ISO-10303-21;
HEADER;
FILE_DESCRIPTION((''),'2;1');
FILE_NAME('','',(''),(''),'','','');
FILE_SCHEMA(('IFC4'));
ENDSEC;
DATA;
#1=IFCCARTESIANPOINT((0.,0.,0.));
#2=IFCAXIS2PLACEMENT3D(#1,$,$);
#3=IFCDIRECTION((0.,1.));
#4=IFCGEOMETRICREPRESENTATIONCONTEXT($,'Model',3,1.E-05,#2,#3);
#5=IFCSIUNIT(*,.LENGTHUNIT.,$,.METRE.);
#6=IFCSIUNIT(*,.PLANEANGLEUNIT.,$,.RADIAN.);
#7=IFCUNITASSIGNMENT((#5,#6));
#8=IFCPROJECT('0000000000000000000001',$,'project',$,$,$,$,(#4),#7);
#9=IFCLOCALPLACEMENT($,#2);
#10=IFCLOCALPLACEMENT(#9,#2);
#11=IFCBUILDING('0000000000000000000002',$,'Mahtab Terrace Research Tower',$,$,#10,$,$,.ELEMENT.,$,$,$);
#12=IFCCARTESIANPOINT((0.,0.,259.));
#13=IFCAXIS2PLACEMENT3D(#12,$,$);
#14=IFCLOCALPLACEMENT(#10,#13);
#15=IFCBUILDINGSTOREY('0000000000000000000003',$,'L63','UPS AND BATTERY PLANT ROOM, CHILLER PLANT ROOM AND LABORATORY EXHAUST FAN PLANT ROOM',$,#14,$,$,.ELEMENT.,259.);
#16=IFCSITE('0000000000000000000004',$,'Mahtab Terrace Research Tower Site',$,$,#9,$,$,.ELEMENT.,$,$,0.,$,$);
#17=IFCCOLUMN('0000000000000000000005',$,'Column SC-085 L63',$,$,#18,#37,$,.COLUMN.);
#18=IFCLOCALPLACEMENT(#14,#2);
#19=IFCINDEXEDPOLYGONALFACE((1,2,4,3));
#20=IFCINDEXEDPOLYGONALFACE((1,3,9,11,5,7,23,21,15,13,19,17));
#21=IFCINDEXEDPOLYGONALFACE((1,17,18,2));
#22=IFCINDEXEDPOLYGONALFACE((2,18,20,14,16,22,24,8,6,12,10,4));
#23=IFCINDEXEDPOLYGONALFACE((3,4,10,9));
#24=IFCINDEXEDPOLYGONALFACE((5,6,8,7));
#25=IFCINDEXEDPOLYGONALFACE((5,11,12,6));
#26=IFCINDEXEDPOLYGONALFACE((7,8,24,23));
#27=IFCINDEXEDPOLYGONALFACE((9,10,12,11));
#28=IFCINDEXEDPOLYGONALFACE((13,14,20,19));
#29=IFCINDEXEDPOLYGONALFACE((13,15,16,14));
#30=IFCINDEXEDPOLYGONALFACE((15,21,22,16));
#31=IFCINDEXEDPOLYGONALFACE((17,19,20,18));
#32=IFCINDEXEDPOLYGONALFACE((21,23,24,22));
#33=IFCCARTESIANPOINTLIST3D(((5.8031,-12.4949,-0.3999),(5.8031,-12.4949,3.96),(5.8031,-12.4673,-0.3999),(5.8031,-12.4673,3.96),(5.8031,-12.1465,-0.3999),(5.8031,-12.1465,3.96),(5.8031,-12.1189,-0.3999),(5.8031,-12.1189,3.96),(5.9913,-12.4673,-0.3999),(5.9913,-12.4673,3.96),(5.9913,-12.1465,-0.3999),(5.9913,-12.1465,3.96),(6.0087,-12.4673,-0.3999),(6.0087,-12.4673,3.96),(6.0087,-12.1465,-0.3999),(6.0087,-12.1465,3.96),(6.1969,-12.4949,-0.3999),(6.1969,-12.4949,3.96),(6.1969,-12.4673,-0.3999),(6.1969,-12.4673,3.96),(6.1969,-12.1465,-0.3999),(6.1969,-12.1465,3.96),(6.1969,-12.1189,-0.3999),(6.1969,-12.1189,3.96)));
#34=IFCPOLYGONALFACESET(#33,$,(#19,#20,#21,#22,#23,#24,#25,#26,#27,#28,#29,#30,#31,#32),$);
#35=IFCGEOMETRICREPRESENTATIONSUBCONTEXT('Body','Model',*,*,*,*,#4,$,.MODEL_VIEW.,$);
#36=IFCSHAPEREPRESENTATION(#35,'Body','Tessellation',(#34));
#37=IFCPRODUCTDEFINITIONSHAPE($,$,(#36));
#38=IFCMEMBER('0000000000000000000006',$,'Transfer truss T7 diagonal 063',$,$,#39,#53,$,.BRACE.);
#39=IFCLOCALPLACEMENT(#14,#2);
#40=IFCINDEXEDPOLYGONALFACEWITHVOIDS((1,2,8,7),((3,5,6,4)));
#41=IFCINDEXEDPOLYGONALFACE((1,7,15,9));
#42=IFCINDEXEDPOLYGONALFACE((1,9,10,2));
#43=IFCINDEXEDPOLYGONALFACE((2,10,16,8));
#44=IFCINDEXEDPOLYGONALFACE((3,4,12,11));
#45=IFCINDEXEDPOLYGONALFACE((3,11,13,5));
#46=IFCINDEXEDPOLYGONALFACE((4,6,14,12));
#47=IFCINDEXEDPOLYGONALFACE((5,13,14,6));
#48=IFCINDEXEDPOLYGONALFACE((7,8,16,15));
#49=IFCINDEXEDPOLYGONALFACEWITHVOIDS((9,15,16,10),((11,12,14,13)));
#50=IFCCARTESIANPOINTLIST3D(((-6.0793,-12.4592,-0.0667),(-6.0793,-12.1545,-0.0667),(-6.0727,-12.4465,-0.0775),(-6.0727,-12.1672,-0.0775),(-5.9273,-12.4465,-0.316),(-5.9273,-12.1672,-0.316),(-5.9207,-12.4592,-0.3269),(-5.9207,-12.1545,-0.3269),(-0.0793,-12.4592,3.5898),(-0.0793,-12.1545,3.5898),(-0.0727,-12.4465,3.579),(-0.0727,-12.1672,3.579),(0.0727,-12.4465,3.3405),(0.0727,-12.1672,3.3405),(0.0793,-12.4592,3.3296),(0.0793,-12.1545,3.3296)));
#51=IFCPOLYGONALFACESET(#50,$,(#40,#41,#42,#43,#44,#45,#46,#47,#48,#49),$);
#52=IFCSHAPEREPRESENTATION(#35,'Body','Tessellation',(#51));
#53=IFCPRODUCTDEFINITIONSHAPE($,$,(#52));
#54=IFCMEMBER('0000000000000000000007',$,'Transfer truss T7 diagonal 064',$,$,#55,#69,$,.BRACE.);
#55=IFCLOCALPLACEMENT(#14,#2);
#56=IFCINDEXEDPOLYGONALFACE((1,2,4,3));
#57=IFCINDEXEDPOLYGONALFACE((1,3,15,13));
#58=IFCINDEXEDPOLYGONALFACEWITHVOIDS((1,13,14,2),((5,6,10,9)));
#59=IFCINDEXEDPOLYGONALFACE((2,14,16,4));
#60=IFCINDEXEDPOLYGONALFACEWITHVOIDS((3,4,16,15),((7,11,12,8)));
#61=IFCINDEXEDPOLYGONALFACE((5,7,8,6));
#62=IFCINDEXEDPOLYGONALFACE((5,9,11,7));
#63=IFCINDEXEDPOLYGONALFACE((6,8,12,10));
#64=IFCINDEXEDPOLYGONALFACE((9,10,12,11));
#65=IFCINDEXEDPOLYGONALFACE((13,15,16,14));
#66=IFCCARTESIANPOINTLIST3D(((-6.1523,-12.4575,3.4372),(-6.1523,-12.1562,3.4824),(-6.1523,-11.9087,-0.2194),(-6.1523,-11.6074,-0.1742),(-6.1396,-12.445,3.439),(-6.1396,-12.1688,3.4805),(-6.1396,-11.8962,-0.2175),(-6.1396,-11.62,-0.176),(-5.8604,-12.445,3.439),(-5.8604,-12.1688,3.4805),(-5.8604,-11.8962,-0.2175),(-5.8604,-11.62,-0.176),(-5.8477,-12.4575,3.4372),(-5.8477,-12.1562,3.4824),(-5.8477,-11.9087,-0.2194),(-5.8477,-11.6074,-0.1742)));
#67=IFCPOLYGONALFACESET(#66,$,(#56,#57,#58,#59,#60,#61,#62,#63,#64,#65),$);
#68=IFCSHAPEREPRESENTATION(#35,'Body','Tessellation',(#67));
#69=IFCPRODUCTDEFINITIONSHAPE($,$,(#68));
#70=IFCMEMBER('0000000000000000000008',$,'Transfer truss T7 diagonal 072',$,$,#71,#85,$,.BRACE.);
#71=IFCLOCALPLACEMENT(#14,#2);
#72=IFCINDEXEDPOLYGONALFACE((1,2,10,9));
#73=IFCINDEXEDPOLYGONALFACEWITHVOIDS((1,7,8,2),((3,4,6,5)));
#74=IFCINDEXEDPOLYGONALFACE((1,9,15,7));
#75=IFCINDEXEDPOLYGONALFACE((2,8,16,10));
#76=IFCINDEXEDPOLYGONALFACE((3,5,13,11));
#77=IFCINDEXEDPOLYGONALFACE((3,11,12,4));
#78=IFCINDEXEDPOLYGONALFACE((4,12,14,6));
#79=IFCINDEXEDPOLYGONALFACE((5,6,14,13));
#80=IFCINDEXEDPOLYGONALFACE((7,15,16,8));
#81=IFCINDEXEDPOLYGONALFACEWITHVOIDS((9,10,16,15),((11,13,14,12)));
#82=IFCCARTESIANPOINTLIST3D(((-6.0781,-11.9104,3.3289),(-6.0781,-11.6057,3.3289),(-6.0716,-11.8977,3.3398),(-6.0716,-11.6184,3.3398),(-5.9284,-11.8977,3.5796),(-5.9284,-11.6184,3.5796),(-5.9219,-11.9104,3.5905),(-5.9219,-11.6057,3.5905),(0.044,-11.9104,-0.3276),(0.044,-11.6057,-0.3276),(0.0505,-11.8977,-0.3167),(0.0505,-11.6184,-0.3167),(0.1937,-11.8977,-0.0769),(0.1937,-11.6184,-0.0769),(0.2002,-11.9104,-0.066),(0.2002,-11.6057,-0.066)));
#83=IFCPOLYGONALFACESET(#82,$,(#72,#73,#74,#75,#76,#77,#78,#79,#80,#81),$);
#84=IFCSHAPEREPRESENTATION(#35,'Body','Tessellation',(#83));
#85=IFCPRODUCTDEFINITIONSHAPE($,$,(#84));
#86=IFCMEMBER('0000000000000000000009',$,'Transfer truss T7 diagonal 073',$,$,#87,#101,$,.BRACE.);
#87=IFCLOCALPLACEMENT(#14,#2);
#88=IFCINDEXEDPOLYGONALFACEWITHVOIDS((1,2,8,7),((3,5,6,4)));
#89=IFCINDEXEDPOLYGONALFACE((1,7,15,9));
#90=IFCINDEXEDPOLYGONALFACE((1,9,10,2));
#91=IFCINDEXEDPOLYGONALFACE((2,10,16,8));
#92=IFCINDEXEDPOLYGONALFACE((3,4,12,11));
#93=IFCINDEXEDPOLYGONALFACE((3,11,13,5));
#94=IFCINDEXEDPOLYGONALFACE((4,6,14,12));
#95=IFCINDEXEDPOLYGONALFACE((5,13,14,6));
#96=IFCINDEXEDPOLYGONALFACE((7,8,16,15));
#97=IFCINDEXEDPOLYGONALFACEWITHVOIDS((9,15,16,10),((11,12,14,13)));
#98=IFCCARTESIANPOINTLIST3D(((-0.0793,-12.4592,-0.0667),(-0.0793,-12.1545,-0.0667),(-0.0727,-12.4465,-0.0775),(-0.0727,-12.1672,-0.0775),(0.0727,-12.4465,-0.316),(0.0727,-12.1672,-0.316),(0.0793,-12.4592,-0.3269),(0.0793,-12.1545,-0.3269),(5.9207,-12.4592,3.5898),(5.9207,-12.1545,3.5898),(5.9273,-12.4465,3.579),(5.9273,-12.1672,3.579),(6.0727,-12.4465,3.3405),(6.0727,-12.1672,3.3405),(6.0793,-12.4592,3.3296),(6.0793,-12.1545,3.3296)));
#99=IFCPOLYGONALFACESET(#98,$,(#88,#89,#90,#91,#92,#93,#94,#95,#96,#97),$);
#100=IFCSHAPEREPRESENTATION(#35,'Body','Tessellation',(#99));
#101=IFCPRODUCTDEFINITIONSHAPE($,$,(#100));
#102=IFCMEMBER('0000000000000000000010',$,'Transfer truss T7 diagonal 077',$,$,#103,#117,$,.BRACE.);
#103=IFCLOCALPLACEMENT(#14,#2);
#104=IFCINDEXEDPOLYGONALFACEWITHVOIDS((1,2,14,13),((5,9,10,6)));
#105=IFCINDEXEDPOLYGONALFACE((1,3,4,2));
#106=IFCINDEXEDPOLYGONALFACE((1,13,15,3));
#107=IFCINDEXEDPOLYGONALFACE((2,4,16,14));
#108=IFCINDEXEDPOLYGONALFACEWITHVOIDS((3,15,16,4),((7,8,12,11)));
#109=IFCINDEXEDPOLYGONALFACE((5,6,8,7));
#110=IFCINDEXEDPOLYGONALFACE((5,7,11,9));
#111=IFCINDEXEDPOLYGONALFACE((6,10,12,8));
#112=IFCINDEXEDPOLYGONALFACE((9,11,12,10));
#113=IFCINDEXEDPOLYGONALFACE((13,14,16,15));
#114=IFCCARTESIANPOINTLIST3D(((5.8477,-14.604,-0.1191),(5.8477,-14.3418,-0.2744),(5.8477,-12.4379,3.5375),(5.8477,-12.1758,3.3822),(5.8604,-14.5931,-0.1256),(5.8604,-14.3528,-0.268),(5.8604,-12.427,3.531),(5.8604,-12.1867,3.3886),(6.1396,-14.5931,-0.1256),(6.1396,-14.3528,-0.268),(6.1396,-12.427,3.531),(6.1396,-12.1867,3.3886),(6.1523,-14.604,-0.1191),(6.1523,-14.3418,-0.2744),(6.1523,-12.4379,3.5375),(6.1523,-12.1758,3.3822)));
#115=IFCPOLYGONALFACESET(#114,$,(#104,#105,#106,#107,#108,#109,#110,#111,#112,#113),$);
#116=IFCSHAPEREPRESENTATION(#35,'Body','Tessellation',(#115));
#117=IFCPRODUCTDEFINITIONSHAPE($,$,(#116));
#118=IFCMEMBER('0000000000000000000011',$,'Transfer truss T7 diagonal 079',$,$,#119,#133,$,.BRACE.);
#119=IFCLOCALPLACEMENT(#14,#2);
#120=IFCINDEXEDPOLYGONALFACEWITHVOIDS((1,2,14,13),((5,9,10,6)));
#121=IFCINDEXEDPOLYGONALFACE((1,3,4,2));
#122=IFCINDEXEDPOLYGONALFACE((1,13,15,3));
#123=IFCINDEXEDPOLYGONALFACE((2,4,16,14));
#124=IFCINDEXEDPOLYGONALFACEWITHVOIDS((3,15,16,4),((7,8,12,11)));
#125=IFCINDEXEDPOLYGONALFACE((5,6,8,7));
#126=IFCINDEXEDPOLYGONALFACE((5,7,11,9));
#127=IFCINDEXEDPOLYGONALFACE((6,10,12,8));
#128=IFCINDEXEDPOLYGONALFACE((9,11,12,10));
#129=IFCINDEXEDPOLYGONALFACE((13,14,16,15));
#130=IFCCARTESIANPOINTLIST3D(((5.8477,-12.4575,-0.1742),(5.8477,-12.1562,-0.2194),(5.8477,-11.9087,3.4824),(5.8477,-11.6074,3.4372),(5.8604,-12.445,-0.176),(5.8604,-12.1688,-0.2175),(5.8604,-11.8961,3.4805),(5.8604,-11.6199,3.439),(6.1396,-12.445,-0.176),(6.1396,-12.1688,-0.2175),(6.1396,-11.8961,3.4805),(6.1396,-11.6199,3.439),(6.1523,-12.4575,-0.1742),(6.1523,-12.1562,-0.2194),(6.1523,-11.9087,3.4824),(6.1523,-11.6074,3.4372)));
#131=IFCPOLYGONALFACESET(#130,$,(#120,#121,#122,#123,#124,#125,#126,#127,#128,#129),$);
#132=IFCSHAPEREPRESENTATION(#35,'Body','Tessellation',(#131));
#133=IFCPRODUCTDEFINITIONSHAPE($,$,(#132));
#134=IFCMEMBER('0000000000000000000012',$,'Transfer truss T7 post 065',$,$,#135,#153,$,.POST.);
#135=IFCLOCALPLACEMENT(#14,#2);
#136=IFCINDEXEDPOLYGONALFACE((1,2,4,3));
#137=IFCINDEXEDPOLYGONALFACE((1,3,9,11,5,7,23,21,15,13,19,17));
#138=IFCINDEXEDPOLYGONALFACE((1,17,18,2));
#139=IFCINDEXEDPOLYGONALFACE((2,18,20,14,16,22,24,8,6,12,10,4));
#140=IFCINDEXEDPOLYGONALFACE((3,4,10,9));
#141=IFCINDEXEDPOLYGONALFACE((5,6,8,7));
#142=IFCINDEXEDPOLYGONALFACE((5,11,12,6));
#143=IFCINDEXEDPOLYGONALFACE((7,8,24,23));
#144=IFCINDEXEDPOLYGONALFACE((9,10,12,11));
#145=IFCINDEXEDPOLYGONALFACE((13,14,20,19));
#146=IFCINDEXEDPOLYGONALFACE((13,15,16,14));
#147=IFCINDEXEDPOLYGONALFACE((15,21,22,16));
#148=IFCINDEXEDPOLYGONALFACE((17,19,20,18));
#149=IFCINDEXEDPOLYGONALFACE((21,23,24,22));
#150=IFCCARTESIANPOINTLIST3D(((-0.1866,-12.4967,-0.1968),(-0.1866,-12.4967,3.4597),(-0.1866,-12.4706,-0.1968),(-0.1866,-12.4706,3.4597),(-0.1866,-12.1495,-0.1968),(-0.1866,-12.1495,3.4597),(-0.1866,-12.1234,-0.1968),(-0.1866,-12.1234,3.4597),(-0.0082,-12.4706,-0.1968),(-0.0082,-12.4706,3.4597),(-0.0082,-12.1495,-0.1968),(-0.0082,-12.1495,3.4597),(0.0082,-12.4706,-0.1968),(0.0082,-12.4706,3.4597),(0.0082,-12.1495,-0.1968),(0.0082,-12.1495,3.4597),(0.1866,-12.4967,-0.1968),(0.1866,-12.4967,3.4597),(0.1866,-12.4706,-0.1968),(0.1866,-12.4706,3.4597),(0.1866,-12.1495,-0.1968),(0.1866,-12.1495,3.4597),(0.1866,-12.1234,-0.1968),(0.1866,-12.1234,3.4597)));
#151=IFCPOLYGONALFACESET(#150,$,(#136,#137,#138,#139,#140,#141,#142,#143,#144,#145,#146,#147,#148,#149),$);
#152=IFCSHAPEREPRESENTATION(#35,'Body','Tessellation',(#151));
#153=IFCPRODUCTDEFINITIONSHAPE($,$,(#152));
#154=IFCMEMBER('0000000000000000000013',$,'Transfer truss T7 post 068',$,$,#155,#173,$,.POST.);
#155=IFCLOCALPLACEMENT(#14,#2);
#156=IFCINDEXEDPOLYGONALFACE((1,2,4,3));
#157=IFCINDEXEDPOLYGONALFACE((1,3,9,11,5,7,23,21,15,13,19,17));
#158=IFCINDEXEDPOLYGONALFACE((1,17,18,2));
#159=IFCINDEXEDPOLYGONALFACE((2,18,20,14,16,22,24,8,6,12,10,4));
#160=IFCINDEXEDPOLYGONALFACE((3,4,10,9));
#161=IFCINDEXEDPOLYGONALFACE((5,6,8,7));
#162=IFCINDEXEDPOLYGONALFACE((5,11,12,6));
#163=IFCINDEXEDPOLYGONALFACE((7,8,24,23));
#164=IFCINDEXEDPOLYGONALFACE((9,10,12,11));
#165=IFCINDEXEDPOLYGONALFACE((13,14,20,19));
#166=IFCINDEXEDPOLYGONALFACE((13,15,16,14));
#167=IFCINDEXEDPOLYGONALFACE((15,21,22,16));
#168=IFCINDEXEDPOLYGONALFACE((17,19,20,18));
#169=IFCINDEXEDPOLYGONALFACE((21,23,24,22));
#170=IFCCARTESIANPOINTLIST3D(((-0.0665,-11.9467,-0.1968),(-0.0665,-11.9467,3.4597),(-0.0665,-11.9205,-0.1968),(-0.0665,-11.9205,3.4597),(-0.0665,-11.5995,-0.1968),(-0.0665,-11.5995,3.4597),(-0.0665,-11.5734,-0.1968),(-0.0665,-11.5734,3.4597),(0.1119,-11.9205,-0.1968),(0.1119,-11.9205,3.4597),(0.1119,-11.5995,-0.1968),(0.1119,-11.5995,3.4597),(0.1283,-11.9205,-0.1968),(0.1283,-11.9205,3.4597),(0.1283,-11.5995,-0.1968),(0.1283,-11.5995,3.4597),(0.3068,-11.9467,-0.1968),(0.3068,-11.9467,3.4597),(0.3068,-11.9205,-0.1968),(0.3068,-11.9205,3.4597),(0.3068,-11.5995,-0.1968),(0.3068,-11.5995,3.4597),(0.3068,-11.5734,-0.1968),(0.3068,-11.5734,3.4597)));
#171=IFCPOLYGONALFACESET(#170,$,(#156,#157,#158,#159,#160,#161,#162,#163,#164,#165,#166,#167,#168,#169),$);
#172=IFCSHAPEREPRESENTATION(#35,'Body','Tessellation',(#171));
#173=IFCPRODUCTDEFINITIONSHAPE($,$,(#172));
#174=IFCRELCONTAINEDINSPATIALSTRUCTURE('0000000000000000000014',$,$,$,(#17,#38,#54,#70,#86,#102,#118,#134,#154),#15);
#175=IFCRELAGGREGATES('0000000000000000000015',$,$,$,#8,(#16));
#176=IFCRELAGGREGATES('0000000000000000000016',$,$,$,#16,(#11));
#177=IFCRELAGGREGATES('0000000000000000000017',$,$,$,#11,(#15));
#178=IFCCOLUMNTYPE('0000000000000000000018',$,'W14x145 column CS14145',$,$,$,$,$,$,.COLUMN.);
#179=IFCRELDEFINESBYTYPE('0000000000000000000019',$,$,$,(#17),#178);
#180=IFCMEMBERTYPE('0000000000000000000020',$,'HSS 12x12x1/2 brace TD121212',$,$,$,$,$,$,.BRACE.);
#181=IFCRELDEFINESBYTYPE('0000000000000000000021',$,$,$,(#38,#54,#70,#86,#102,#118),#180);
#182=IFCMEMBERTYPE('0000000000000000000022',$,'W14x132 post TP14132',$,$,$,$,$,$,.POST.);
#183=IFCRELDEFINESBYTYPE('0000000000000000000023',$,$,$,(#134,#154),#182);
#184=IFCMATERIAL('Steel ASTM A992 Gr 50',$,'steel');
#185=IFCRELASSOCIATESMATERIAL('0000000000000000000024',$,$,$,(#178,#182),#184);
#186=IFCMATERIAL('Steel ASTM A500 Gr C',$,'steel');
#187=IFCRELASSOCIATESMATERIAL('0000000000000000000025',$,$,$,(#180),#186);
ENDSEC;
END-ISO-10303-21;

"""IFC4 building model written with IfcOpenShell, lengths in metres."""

from ifc_helpers import new_model, si_unit, direction, frame, origin, origin_2d, place, context, subcontext, project, spatial, hollow_rectangle, i_section, extrude, material, material_profile, profile_set, type_object, element, save


model = new_model("IFC4")

# Units and contexts
model_context = context("Model", 3, precision=1e-05, world=origin(), true_north=direction((0.0, 1.0)))
body_context = subcontext(model_context, "Body", "Model", "MODEL_VIEW")
ifc_project = project(units=[si_unit("LENGTHUNIT", "METRE"), si_unit("PLANEANGLEUNIT", "RADIAN")], contexts=[model_context])

# Site, building, storey
site_placement = place(None, origin())
site = spatial("IfcSite", under=ifc_project, at=site_placement, Name="Mahtab Terrace Research Tower Site", CompositionType="ELEMENT", RefElevation=0.0)
building_placement = place(site_placement, origin())
building = spatial("IfcBuilding", under=site, at=building_placement, Name="Mahtab Terrace Research Tower", CompositionType="ELEMENT")
storey_placement = place(building_placement, frame((0.0, 0.0, 259.0)))
storey = spatial("IfcBuildingStorey", under=building, at=storey_placement, Name="L63", Description="UPS AND BATTERY PLANT ROOM, CHILLER PLANT ROOM AND LABORATORY EXHAUST FAN PLANT ROOM", CompositionType="ELEMENT", Elevation=259.0)

# Column
ifc_material_1 = material(Name="Steel ASTM A992 Gr 50", Category="steel")
ifc_material_profile_1 = material_profile(ifc_material_1, i_section(OverallWidth=0.3938, OverallDepth=0.376, WebThickness=0.0173, FlangeThickness=0.0276, at=origin_2d()), Name="W14X145")
ifc_profile_set_1 = profile_set([ifc_material_profile_1], Name="Steel ASTM A992 Gr 50")
column_type = type_object("IfcColumnType", Name="W14x145 column CS14145", PredefinedType="COLUMN", material=ifc_profile_set_1)
column_placement = place(storey_placement, frame((6.0, -12.3069, -0.3999), z_axis=(0.0, 0.0, 1.0), x_axis=(1.0, 0.0, 0.0)))
element("IfcColumn", 1, at=column_placement, inside=storey, type_object=column_type, Name="Column SC-085 L63", PredefinedType="COLUMN", context=body_context, shape_type="SweptSolid", body=[
    extrude(i_section(OverallWidth=0.3938, OverallDepth=0.376, WebThickness=0.0173, FlangeThickness=0.0276, at=origin_2d()), origin(), (0.0, 0.0, 1.0), 4.3599),
])

# Members
ifc_material_2 = material(Name="Steel ASTM A500 Gr C", Category="steel")
ifc_material_profile_2 = material_profile(ifc_material_2, hollow_rectangle(XDim=0.3047, YDim=0.3047, WallThickness=0.0127, at=origin_2d()), Name="HSS12X12X1/2")
ifc_profile_set_2 = profile_set([ifc_material_profile_2], Name="Steel ASTM A500 Gr C")
member_type_1 = type_object("IfcMemberType", Name="HSS 12x12x1/2 brace TD121212", PredefinedType="BRACE", material=ifc_profile_set_2)
member_1_placement = place(storey_placement, frame((-6.0, -12.3069, -0.1968), z_axis=(0.853925, 0.0, 0.520396), x_axis=(0.0, 1.0, 0.0)))
element("IfcMember", 2, at=member_1_placement, inside=storey, type_object=member_type_1, Name="Transfer truss T7 diagonal 063", PredefinedType="BRACE", context=body_context, shape_type="SweptSolid", body=[
    extrude(hollow_rectangle(XDim=0.3047, YDim=0.3047, WallThickness=0.0127, at=origin_2d()), origin(), (0.0, 0.0, 1.0), 7.0264),
])
member_2_placement = place(storey_placement, frame((-6.0, -11.7581, -0.1968), z_axis=(0.0, -0.148434, 0.988922), x_axis=(1.0, 0.0, 0.0)))
element("IfcMember", 3, at=member_2_placement, inside=storey, type_object=member_type_1, Name="Transfer truss T7 diagonal 064", PredefinedType="BRACE", context=body_context, shape_type="SweptSolid", body=[
    extrude(hollow_rectangle(XDim=0.3047, YDim=0.3047, WallThickness=0.0127, at=origin_2d()), origin(), (0.0, 0.0, 1.0), 3.6975),
])
member_3_placement = place(storey_placement, frame((0.1221, -11.7581, -0.1968), z_axis=(-0.858527, 0.0, 0.512768), x_axis=(0.0, -1.0, 0.0)))
element("IfcMember", 4, at=member_3_placement, inside=storey, type_object=member_type_1, Name="Transfer truss T7 diagonal 072", PredefinedType="BRACE", context=body_context, shape_type="SweptSolid", body=[
    extrude(hollow_rectangle(XDim=0.3047, YDim=0.3047, WallThickness=0.0127, at=origin_2d()), origin(), (0.0, 0.0, 1.0), 7.1309),
])
member_4_placement = place(storey_placement, frame((0.0, -12.3069, -0.1968), z_axis=(0.853925, 0.0, 0.520396), x_axis=(0.0, 1.0, 0.0)))
element("IfcMember", 5, at=member_4_placement, inside=storey, type_object=member_type_1, Name="Transfer truss T7 diagonal 073", PredefinedType="BRACE", context=body_context, shape_type="SweptSolid", body=[
    extrude(hollow_rectangle(XDim=0.3047, YDim=0.3047, WallThickness=0.0127, at=origin_2d()), origin(), (0.0, 0.0, 1.0), 7.0264),
])
member_5_placement = place(storey_placement, frame((6.0, -14.4729, -0.1968), z_axis=(0.0, 0.509664, 0.860374), x_axis=(-1.0, 0.0, 0.0)))
element("IfcMember", 6, at=member_5_placement, inside=storey, type_object=member_type_1, Name="Transfer truss T7 diagonal 077", PredefinedType="BRACE", context=body_context, shape_type="SweptSolid", body=[
    extrude(hollow_rectangle(XDim=0.3047, YDim=0.3047, WallThickness=0.0127, at=origin_2d()), origin(), (0.0, 0.0, 1.0), 4.25),
])
member_6_placement = place(storey_placement, frame((6.0, -12.3069, -0.1968), z_axis=(0.0, 0.148434, 0.988922), x_axis=(-1.0, 0.0, 0.0)))
element("IfcMember", 7, at=member_6_placement, inside=storey, type_object=member_type_1, Name="Transfer truss T7 diagonal 079", PredefinedType="BRACE", context=body_context, shape_type="SweptSolid", body=[
    extrude(hollow_rectangle(XDim=0.3047, YDim=0.3047, WallThickness=0.0127, at=origin_2d()), origin(), (0.0, 0.0, 1.0), 3.6975),
])
ifc_material_profile_3 = material_profile(ifc_material_1, i_section(OverallWidth=0.3733, OverallDepth=0.3733, WebThickness=0.0164, FlangeThickness=0.0261, at=origin_2d()), Name="W14X132")
ifc_profile_set_3 = profile_set([ifc_material_profile_3], Name="Steel ASTM A992 Gr 50")
member_type_2 = type_object("IfcMemberType", Name="W14x132 post TP14132", PredefinedType="POST", material=ifc_profile_set_3)
for number, where, z_axis, x_axis, name in (
    (8, (0.0, -12.3101, -0.1968), (0.0, 0.0, 1.0), (1.0, 0.0, 0.0), "Transfer truss T7 post 065"),
    (9, (0.1201, -11.76, -0.1968), (0.0, 0.0, 1.0), (1.0, 0.0, 0.0), "Transfer truss T7 post 068"),
):
    element("IfcMember", number, at=place(storey_placement, frame(where, z_axis=z_axis, x_axis=x_axis)), inside=storey, type_object=member_type_2, Name=name, PredefinedType="POST", context=body_context, shape_type="SweptSolid", body=[
        extrude(i_section(OverallWidth=0.3733, OverallDepth=0.3733, WebThickness=0.0164, FlangeThickness=0.0261, at=origin_2d()), origin(), (0.0, 0.0, 1.0), 3.6565),
    ])

save(model, "model.ifc")
